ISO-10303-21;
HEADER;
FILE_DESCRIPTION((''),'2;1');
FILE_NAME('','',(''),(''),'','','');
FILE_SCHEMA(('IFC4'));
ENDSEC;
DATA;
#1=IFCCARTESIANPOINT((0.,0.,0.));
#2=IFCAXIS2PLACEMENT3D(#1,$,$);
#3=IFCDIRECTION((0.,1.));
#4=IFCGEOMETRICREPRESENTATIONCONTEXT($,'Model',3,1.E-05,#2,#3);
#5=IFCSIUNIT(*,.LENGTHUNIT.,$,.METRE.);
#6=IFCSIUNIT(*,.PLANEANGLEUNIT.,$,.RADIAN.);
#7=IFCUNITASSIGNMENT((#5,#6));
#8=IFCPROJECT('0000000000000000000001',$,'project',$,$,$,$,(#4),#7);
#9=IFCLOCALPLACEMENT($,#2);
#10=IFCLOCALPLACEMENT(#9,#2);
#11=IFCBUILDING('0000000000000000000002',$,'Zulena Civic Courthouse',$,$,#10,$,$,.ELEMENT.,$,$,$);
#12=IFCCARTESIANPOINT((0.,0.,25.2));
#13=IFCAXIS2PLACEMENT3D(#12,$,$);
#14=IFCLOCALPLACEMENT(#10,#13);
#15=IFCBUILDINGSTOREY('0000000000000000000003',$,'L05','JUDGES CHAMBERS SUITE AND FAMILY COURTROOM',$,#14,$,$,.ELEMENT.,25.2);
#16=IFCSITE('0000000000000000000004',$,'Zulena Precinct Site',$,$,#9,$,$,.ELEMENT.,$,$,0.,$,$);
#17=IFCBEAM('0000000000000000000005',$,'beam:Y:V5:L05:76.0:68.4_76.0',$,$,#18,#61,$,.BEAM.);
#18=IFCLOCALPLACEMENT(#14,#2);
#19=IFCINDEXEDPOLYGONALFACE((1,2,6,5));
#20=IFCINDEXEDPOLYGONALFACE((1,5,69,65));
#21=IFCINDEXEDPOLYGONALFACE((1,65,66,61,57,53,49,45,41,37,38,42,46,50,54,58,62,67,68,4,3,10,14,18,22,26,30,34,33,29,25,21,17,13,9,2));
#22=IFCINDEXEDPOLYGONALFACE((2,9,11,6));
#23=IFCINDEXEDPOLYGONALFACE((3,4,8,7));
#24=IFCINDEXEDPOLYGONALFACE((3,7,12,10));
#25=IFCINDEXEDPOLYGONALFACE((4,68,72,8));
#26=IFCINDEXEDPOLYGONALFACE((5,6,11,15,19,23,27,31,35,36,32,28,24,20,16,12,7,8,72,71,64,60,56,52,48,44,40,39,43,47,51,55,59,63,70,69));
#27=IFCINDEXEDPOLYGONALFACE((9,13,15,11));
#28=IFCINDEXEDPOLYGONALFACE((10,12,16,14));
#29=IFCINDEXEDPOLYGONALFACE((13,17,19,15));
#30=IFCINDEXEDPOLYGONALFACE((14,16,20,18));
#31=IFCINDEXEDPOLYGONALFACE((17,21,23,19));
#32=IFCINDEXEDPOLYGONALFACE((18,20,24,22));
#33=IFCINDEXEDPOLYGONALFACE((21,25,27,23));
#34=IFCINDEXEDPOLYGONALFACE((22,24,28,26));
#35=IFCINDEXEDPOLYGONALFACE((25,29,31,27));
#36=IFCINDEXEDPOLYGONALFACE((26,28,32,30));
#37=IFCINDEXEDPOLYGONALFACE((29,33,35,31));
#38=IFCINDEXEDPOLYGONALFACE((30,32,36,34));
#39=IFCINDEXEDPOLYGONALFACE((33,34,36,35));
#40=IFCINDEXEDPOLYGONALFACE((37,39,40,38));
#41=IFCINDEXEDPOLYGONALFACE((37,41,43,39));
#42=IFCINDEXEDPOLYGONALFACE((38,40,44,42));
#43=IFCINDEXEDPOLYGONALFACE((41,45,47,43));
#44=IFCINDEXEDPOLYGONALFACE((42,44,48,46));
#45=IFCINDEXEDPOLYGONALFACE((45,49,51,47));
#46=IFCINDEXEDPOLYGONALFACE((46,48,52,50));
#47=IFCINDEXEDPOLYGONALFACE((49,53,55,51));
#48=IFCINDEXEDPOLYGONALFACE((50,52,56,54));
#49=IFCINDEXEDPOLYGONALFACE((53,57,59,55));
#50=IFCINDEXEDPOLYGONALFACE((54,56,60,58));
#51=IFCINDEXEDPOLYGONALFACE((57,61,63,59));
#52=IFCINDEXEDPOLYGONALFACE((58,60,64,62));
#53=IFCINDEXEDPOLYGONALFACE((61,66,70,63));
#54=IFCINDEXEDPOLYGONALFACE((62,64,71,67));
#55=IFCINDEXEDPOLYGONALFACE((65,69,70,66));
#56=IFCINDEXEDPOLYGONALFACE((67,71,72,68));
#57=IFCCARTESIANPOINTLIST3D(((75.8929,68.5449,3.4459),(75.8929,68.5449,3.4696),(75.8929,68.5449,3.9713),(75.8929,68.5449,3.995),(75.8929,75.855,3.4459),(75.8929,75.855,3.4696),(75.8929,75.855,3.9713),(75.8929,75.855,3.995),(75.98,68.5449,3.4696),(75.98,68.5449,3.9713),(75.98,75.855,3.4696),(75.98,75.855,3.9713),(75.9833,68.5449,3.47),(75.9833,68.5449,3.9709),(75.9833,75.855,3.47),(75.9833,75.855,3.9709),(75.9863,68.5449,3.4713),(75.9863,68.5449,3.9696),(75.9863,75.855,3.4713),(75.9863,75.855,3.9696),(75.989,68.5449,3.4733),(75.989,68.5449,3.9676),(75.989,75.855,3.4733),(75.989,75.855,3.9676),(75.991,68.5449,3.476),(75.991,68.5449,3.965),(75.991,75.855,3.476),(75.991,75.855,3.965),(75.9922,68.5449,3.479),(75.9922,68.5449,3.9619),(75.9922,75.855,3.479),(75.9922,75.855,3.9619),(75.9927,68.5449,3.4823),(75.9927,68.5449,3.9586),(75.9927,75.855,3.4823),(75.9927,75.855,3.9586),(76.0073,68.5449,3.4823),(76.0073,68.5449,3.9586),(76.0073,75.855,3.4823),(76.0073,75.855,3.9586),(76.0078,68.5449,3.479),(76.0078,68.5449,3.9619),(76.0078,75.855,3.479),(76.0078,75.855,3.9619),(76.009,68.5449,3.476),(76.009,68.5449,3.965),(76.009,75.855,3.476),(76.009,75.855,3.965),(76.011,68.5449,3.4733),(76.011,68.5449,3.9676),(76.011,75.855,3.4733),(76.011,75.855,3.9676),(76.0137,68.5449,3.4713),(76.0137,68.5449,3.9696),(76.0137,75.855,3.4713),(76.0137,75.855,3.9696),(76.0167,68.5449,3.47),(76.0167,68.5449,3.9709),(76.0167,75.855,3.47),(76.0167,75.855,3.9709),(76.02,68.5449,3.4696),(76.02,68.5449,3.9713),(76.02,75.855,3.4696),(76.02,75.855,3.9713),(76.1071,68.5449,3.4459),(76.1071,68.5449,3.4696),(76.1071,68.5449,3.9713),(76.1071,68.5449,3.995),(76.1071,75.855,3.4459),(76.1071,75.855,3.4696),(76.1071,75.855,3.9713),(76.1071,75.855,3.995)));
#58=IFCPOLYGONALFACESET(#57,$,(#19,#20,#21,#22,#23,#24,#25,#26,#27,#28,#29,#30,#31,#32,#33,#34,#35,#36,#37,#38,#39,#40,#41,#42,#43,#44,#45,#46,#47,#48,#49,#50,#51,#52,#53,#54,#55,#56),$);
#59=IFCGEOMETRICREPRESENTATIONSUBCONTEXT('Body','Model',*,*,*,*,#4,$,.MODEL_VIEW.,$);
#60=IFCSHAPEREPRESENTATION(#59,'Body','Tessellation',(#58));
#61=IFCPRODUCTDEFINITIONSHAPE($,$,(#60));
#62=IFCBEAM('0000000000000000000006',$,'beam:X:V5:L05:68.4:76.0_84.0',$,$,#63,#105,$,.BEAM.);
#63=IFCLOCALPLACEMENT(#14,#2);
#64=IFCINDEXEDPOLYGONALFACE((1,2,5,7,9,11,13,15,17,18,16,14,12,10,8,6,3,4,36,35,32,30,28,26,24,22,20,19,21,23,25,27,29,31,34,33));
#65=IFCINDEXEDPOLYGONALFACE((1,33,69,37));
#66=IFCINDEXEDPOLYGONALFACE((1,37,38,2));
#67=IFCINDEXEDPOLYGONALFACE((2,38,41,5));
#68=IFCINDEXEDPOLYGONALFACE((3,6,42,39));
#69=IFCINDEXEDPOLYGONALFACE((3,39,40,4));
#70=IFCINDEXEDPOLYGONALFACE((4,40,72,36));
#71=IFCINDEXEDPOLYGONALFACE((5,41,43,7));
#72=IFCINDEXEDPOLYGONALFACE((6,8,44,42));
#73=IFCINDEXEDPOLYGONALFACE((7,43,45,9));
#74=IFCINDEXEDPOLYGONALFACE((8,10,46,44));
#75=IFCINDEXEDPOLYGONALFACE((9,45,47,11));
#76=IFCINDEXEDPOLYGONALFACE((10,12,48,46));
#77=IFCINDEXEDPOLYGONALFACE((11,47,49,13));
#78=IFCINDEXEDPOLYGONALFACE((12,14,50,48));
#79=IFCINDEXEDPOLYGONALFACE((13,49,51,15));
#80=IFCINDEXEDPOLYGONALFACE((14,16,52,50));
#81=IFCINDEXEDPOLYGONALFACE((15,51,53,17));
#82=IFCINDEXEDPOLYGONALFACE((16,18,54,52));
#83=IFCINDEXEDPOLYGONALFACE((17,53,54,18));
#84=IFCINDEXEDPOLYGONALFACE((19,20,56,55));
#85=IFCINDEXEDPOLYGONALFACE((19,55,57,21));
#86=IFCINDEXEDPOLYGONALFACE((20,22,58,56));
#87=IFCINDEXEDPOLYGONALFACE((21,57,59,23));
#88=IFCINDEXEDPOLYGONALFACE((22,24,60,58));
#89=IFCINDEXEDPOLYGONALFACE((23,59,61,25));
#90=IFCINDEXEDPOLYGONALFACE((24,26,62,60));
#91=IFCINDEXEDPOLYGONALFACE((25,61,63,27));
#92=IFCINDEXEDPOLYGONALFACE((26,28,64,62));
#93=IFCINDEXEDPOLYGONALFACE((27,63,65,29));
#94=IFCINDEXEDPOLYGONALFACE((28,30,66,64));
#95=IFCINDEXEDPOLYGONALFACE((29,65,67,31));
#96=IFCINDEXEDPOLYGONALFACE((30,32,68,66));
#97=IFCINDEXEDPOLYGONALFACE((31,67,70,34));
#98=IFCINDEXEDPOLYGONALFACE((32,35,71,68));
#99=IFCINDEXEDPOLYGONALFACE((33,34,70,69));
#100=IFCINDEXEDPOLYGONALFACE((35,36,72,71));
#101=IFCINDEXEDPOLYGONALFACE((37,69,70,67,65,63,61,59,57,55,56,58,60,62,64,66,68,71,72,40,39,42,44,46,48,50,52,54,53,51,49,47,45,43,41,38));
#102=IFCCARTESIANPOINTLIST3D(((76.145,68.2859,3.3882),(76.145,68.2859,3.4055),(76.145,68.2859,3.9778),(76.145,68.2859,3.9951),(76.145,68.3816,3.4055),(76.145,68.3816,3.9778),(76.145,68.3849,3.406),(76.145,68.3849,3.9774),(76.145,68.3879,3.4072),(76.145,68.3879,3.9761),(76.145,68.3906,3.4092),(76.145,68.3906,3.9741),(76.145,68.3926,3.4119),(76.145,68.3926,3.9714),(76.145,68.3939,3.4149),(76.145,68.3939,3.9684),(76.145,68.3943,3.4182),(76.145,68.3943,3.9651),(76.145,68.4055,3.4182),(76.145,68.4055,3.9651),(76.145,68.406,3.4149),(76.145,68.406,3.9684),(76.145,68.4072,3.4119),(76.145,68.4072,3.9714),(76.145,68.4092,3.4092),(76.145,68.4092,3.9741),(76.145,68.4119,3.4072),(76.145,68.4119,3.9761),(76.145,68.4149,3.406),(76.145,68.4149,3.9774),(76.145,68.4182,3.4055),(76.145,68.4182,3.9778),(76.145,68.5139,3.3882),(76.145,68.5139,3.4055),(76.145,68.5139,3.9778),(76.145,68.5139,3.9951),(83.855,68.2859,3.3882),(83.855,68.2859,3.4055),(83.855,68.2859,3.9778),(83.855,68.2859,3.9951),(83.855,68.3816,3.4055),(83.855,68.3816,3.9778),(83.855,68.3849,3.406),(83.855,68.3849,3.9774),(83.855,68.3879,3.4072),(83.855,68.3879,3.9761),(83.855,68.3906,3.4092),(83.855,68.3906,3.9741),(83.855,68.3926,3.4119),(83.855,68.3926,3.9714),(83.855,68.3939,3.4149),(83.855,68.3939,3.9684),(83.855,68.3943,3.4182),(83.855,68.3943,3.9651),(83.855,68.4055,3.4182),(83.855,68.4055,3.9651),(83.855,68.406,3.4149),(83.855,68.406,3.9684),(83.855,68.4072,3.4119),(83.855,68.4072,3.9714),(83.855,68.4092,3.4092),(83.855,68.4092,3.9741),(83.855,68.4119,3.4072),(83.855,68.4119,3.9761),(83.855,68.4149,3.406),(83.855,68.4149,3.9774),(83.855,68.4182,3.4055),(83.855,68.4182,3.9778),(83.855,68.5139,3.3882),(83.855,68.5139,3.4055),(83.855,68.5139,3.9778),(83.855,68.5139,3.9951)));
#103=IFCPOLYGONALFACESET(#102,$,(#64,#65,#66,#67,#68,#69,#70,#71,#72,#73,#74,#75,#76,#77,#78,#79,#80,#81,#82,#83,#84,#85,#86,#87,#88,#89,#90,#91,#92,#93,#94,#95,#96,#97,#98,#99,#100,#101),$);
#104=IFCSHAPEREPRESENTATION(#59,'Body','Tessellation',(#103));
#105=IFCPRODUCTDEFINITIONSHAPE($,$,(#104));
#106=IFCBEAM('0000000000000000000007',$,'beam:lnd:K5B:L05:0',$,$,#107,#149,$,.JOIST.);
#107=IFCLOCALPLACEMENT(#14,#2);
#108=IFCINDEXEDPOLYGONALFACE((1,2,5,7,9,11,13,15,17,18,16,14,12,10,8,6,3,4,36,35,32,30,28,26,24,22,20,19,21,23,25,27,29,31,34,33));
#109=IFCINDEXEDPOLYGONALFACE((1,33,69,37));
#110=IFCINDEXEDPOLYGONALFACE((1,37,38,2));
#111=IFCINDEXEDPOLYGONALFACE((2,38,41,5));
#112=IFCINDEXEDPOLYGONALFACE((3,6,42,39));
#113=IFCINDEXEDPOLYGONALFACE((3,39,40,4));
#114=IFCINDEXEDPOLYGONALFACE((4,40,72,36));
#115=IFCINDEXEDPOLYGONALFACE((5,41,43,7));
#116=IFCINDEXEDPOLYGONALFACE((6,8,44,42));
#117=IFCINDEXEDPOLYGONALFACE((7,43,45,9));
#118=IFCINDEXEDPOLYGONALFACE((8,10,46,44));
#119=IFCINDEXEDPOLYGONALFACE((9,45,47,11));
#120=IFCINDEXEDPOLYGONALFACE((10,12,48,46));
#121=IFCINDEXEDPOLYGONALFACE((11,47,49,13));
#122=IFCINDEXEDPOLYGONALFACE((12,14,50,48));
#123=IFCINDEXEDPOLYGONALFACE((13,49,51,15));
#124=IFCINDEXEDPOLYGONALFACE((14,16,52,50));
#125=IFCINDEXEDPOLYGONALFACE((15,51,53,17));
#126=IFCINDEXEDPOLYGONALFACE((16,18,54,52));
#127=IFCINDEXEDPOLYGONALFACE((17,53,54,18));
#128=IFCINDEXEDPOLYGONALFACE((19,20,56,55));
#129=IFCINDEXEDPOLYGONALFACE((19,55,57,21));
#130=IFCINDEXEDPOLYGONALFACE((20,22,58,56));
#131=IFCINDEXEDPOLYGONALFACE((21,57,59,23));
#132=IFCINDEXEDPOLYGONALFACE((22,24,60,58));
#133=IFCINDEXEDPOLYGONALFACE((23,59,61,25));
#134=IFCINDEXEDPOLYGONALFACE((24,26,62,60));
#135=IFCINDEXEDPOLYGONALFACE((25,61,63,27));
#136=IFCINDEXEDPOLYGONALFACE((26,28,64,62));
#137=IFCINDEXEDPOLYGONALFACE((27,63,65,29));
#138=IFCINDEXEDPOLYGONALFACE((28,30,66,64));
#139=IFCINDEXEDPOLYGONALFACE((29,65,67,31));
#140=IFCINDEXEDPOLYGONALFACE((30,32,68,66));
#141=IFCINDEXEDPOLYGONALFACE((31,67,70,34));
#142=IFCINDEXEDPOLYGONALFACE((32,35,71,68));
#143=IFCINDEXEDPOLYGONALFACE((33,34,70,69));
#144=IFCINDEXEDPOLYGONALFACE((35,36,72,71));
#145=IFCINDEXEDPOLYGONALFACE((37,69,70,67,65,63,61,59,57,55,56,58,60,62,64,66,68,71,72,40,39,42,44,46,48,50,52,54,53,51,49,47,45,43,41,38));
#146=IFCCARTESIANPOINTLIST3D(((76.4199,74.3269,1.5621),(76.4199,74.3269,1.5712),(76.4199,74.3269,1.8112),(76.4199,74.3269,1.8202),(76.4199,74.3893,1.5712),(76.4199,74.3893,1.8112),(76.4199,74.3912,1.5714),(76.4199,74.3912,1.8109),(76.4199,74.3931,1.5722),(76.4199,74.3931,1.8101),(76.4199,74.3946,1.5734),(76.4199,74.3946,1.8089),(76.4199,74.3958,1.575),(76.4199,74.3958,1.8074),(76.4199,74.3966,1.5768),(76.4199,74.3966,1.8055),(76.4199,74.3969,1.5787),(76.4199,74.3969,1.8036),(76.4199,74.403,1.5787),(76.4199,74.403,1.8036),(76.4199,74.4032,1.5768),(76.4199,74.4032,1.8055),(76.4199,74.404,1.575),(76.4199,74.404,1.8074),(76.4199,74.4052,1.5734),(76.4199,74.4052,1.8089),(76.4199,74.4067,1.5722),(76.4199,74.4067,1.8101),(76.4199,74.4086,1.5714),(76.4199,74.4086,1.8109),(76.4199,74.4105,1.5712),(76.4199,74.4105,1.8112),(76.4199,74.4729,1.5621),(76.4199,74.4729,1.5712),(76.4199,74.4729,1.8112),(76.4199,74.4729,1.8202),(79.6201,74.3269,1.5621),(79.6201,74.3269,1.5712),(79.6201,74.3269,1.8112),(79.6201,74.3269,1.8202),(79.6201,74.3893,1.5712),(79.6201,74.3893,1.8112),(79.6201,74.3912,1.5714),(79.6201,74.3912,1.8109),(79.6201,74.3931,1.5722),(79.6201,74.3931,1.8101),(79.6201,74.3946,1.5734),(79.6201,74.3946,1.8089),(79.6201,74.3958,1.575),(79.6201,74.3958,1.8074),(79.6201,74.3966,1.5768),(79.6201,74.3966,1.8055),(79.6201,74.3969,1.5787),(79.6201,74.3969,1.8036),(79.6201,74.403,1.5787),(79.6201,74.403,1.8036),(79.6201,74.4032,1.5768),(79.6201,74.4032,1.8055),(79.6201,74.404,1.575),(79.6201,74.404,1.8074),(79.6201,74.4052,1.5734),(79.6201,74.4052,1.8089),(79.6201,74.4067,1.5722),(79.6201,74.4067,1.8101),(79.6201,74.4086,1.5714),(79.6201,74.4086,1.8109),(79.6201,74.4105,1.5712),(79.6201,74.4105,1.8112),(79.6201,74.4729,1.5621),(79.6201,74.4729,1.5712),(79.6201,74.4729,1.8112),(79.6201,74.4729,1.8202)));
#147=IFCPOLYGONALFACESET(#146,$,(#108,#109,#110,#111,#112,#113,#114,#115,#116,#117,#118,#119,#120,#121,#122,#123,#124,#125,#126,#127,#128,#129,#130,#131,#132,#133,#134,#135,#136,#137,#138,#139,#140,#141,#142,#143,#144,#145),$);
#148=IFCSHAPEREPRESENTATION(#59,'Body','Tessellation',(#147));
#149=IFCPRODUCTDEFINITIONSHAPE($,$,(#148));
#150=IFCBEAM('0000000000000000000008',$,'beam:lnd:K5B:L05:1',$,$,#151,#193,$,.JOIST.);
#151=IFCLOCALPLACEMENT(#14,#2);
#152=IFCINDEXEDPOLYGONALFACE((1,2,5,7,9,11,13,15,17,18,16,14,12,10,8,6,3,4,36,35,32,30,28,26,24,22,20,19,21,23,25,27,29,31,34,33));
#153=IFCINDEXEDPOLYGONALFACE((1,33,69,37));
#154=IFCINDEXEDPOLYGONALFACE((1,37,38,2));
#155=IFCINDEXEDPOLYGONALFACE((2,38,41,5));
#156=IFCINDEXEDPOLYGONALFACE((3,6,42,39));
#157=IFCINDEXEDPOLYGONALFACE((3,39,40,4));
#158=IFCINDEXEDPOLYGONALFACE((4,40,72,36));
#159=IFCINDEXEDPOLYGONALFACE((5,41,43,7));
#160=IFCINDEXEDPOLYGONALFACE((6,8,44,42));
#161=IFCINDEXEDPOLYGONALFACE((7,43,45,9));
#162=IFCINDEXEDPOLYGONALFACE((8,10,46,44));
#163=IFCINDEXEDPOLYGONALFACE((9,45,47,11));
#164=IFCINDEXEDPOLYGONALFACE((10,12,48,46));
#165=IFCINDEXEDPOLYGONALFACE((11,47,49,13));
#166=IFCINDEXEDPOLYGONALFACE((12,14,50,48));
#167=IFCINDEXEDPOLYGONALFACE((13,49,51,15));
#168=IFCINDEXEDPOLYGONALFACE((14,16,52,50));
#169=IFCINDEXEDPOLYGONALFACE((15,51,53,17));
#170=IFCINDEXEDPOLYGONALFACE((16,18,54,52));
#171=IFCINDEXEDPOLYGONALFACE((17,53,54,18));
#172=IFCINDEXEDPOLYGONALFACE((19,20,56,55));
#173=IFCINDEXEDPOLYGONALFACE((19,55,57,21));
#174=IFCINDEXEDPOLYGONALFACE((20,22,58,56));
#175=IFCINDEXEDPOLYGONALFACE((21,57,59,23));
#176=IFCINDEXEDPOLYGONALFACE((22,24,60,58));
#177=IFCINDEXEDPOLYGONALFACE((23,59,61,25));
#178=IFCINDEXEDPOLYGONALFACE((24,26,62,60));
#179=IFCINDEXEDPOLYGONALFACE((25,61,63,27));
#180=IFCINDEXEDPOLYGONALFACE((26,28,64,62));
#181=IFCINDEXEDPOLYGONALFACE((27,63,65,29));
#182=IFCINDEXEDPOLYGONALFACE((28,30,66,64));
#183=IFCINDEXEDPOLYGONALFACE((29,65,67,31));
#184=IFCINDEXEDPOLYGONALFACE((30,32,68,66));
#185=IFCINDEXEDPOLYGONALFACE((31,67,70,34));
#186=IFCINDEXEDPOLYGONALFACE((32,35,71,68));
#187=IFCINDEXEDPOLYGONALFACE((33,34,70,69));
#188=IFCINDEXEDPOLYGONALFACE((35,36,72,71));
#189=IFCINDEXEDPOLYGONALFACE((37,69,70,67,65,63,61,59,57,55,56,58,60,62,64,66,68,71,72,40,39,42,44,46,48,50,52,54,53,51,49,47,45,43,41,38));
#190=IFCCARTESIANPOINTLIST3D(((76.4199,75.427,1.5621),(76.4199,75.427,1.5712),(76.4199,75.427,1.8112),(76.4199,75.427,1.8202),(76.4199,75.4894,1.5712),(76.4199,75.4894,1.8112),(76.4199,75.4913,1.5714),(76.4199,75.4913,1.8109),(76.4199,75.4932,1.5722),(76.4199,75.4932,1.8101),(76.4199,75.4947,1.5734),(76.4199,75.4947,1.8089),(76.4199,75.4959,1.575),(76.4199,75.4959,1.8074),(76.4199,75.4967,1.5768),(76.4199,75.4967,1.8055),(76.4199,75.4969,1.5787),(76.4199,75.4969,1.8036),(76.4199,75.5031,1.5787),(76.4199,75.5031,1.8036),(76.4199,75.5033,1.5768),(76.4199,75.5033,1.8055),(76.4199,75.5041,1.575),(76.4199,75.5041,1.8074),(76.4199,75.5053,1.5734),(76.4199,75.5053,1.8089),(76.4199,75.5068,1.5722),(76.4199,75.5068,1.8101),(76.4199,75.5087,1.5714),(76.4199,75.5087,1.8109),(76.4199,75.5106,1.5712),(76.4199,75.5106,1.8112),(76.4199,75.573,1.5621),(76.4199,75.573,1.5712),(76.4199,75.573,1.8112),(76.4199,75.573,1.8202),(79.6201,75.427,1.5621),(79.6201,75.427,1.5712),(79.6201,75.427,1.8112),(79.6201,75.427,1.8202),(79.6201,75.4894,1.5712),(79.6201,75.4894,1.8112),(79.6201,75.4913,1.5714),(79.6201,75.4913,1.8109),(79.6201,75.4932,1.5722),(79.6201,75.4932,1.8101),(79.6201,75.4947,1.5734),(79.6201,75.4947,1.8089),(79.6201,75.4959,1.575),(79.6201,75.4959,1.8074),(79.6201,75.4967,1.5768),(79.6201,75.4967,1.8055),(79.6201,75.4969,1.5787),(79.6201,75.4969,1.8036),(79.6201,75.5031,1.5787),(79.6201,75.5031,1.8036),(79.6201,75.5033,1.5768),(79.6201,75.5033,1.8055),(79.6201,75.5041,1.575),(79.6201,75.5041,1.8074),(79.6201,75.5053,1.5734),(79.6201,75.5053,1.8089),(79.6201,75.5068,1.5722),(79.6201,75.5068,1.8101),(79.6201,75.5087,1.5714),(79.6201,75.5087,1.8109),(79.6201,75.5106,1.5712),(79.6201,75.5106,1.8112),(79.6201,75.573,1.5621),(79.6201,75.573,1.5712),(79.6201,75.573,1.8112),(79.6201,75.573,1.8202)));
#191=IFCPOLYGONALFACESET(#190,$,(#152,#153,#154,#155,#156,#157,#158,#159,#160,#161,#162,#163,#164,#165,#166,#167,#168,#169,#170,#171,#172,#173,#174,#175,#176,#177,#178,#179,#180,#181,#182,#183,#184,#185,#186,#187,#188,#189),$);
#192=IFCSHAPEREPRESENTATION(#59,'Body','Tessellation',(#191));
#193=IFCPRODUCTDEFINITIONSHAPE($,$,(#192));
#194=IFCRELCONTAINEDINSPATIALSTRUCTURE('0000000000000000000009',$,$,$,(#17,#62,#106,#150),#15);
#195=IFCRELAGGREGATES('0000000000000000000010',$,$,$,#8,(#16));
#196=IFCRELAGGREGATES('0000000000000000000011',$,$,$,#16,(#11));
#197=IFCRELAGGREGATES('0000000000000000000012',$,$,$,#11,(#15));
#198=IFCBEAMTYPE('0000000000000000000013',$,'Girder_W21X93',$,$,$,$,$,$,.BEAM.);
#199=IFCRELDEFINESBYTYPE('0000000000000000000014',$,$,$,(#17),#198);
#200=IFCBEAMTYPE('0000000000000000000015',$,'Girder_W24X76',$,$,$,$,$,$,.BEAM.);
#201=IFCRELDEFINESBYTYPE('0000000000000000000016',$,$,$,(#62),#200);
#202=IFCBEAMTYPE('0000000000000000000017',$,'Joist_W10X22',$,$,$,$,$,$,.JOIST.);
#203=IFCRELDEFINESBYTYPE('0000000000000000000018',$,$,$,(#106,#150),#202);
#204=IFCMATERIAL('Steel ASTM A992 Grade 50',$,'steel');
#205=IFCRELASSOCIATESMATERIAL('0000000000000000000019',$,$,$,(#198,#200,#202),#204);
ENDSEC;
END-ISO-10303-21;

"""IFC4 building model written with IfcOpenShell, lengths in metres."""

from ifc_helpers import new_model, si_unit, direction, frame, origin, origin_2d, place, context, subcontext, project, spatial, i_section, extrude, material, material_profile, profile_set, type_object, element, save


model = new_model("IFC4")

# Units and contexts
model_context = context("Model", 3, precision=1e-05, world=origin(), true_north=direction((0.0, 1.0)))
body_context = subcontext(model_context, "Body", "Model", "MODEL_VIEW")
ifc_project = project(units=[si_unit("LENGTHUNIT", "METRE"), si_unit("PLANEANGLEUNIT", "RADIAN")], contexts=[model_context])

# Site, building, storey
site_placement = place(None, origin())
site = spatial("IfcSite", under=ifc_project, at=site_placement, Name="Zulena Precinct Site", CompositionType="ELEMENT", RefElevation=0.0)
building_placement = place(site_placement, origin())
building = spatial("IfcBuilding", under=site, at=building_placement, Name="Zulena Civic Courthouse", CompositionType="ELEMENT")
storey_placement = place(building_placement, frame((0.0, 0.0, 25.2)))
storey = spatial("IfcBuildingStorey", under=building, at=storey_placement, Name="L05", Description="JUDGES CHAMBERS SUITE AND FAMILY COURTROOM", CompositionType="ELEMENT", Elevation=25.2)

# Shared definitions
ifc_material_1 = material(Name="Steel ASTM A992 Grade 50", Category="steel")

# Beams
ifc_material_profile_1 = material_profile(ifc_material_1, i_section(OverallWidth=0.2141, OverallDepth=0.5491, WebThickness=0.0146, FlangeThickness=0.0237, FilletRadius=0.0127, at=origin_2d()), Name="W21X93")
ifc_profile_set_1 = profile_set([ifc_material_profile_1], Name="Steel ASTM A992 Grade 50")
beam_type_1 = type_object("IfcBeamType", Name="Girder_W21X93", PredefinedType="BEAM", material=ifc_profile_set_1)
beam_1_placement = place(storey_placement, frame((76.0, 68.5449, 3.7205), z_axis=(0.0, 1.0, 0.0), x_axis=(-1.0, 0.0, 0.0)))
element("IfcBeam", 1, at=beam_1_placement, inside=storey, type_object=beam_type_1, Name="beam:Y:V5:L05:76.0:68.4_76.0", PredefinedType="BEAM", context=body_context, shape_type="SweptSolid", body=[
    extrude(i_section(OverallWidth=0.2141, OverallDepth=0.5491, WebThickness=0.0146, FlangeThickness=0.0237, FilletRadius=0.0127, at=origin_2d()), origin(), (0.0, 0.0, 1.0), 7.3101),
])
ifc_material_profile_2 = material_profile(ifc_material_1, i_section(OverallWidth=0.228, OverallDepth=0.6069, WebThickness=0.0112, FlangeThickness=0.0173, FilletRadius=0.0127, at=origin_2d()), Name="W24X76")
ifc_profile_set_2 = profile_set([ifc_material_profile_2], Name="Steel ASTM A992 Grade 50")
beam_type_2 = type_object("IfcBeamType", Name="Girder_W24X76", PredefinedType="BEAM", material=ifc_profile_set_2)
beam_2_placement = place(storey_placement, frame((76.145, 68.3999, 3.6917), z_axis=(1.0, 0.0, 0.0), x_axis=(0.0, 1.0, 0.0)))
element("IfcBeam", 2, at=beam_2_placement, inside=storey, type_object=beam_type_2, Name="beam:X:V5:L05:68.4:76.0_84.0", PredefinedType="BEAM", context=body_context, shape_type="SweptSolid", body=[
    extrude(i_section(OverallWidth=0.228, OverallDepth=0.6069, WebThickness=0.0112, FlangeThickness=0.0173, FilletRadius=0.0127, at=origin_2d()), origin(), (0.0, 0.0, 1.0), 7.71),
])
ifc_material_profile_3 = material_profile(ifc_material_1, i_section(OverallWidth=0.146, OverallDepth=0.2581, WebThickness=0.0061, FlangeThickness=0.009, FilletRadius=0.0076, at=origin_2d()), Name="W10X22")
ifc_profile_set_3 = profile_set([ifc_material_profile_3], Name="Steel ASTM A992 Grade 50")
beam_type_3 = type_object("IfcBeamType", Name="Joist_W10X22", PredefinedType="JOIST", material=ifc_profile_set_3)
for number, where, z_axis, x_axis, name in (
    (3, (76.4199, 74.3999, 1.6912), (1.0, 0.0, 0.0), (0.0, 1.0, 0.0), "beam:lnd:K5B:L05:0"),
    (4, (76.4199, 75.5, 1.6912), (1.0, 0.0, 0.0), (0.0, 1.0, 0.0), "beam:lnd:K5B:L05:1"),
):
    element("IfcBeam", number, at=place(storey_placement, frame(where, z_axis=z_axis, x_axis=x_axis)), inside=storey, type_object=beam_type_3, Name=name, PredefinedType="JOIST", context=body_context, shape_type="SweptSolid", body=[
        extrude(i_section(OverallWidth=0.146, OverallDepth=0.2581, WebThickness=0.0061, FlangeThickness=0.009, FilletRadius=0.0076, at=origin_2d()), origin(), (0.0, 0.0, 1.0), 3.2002),
    ])

save(model, "model.ifc")
